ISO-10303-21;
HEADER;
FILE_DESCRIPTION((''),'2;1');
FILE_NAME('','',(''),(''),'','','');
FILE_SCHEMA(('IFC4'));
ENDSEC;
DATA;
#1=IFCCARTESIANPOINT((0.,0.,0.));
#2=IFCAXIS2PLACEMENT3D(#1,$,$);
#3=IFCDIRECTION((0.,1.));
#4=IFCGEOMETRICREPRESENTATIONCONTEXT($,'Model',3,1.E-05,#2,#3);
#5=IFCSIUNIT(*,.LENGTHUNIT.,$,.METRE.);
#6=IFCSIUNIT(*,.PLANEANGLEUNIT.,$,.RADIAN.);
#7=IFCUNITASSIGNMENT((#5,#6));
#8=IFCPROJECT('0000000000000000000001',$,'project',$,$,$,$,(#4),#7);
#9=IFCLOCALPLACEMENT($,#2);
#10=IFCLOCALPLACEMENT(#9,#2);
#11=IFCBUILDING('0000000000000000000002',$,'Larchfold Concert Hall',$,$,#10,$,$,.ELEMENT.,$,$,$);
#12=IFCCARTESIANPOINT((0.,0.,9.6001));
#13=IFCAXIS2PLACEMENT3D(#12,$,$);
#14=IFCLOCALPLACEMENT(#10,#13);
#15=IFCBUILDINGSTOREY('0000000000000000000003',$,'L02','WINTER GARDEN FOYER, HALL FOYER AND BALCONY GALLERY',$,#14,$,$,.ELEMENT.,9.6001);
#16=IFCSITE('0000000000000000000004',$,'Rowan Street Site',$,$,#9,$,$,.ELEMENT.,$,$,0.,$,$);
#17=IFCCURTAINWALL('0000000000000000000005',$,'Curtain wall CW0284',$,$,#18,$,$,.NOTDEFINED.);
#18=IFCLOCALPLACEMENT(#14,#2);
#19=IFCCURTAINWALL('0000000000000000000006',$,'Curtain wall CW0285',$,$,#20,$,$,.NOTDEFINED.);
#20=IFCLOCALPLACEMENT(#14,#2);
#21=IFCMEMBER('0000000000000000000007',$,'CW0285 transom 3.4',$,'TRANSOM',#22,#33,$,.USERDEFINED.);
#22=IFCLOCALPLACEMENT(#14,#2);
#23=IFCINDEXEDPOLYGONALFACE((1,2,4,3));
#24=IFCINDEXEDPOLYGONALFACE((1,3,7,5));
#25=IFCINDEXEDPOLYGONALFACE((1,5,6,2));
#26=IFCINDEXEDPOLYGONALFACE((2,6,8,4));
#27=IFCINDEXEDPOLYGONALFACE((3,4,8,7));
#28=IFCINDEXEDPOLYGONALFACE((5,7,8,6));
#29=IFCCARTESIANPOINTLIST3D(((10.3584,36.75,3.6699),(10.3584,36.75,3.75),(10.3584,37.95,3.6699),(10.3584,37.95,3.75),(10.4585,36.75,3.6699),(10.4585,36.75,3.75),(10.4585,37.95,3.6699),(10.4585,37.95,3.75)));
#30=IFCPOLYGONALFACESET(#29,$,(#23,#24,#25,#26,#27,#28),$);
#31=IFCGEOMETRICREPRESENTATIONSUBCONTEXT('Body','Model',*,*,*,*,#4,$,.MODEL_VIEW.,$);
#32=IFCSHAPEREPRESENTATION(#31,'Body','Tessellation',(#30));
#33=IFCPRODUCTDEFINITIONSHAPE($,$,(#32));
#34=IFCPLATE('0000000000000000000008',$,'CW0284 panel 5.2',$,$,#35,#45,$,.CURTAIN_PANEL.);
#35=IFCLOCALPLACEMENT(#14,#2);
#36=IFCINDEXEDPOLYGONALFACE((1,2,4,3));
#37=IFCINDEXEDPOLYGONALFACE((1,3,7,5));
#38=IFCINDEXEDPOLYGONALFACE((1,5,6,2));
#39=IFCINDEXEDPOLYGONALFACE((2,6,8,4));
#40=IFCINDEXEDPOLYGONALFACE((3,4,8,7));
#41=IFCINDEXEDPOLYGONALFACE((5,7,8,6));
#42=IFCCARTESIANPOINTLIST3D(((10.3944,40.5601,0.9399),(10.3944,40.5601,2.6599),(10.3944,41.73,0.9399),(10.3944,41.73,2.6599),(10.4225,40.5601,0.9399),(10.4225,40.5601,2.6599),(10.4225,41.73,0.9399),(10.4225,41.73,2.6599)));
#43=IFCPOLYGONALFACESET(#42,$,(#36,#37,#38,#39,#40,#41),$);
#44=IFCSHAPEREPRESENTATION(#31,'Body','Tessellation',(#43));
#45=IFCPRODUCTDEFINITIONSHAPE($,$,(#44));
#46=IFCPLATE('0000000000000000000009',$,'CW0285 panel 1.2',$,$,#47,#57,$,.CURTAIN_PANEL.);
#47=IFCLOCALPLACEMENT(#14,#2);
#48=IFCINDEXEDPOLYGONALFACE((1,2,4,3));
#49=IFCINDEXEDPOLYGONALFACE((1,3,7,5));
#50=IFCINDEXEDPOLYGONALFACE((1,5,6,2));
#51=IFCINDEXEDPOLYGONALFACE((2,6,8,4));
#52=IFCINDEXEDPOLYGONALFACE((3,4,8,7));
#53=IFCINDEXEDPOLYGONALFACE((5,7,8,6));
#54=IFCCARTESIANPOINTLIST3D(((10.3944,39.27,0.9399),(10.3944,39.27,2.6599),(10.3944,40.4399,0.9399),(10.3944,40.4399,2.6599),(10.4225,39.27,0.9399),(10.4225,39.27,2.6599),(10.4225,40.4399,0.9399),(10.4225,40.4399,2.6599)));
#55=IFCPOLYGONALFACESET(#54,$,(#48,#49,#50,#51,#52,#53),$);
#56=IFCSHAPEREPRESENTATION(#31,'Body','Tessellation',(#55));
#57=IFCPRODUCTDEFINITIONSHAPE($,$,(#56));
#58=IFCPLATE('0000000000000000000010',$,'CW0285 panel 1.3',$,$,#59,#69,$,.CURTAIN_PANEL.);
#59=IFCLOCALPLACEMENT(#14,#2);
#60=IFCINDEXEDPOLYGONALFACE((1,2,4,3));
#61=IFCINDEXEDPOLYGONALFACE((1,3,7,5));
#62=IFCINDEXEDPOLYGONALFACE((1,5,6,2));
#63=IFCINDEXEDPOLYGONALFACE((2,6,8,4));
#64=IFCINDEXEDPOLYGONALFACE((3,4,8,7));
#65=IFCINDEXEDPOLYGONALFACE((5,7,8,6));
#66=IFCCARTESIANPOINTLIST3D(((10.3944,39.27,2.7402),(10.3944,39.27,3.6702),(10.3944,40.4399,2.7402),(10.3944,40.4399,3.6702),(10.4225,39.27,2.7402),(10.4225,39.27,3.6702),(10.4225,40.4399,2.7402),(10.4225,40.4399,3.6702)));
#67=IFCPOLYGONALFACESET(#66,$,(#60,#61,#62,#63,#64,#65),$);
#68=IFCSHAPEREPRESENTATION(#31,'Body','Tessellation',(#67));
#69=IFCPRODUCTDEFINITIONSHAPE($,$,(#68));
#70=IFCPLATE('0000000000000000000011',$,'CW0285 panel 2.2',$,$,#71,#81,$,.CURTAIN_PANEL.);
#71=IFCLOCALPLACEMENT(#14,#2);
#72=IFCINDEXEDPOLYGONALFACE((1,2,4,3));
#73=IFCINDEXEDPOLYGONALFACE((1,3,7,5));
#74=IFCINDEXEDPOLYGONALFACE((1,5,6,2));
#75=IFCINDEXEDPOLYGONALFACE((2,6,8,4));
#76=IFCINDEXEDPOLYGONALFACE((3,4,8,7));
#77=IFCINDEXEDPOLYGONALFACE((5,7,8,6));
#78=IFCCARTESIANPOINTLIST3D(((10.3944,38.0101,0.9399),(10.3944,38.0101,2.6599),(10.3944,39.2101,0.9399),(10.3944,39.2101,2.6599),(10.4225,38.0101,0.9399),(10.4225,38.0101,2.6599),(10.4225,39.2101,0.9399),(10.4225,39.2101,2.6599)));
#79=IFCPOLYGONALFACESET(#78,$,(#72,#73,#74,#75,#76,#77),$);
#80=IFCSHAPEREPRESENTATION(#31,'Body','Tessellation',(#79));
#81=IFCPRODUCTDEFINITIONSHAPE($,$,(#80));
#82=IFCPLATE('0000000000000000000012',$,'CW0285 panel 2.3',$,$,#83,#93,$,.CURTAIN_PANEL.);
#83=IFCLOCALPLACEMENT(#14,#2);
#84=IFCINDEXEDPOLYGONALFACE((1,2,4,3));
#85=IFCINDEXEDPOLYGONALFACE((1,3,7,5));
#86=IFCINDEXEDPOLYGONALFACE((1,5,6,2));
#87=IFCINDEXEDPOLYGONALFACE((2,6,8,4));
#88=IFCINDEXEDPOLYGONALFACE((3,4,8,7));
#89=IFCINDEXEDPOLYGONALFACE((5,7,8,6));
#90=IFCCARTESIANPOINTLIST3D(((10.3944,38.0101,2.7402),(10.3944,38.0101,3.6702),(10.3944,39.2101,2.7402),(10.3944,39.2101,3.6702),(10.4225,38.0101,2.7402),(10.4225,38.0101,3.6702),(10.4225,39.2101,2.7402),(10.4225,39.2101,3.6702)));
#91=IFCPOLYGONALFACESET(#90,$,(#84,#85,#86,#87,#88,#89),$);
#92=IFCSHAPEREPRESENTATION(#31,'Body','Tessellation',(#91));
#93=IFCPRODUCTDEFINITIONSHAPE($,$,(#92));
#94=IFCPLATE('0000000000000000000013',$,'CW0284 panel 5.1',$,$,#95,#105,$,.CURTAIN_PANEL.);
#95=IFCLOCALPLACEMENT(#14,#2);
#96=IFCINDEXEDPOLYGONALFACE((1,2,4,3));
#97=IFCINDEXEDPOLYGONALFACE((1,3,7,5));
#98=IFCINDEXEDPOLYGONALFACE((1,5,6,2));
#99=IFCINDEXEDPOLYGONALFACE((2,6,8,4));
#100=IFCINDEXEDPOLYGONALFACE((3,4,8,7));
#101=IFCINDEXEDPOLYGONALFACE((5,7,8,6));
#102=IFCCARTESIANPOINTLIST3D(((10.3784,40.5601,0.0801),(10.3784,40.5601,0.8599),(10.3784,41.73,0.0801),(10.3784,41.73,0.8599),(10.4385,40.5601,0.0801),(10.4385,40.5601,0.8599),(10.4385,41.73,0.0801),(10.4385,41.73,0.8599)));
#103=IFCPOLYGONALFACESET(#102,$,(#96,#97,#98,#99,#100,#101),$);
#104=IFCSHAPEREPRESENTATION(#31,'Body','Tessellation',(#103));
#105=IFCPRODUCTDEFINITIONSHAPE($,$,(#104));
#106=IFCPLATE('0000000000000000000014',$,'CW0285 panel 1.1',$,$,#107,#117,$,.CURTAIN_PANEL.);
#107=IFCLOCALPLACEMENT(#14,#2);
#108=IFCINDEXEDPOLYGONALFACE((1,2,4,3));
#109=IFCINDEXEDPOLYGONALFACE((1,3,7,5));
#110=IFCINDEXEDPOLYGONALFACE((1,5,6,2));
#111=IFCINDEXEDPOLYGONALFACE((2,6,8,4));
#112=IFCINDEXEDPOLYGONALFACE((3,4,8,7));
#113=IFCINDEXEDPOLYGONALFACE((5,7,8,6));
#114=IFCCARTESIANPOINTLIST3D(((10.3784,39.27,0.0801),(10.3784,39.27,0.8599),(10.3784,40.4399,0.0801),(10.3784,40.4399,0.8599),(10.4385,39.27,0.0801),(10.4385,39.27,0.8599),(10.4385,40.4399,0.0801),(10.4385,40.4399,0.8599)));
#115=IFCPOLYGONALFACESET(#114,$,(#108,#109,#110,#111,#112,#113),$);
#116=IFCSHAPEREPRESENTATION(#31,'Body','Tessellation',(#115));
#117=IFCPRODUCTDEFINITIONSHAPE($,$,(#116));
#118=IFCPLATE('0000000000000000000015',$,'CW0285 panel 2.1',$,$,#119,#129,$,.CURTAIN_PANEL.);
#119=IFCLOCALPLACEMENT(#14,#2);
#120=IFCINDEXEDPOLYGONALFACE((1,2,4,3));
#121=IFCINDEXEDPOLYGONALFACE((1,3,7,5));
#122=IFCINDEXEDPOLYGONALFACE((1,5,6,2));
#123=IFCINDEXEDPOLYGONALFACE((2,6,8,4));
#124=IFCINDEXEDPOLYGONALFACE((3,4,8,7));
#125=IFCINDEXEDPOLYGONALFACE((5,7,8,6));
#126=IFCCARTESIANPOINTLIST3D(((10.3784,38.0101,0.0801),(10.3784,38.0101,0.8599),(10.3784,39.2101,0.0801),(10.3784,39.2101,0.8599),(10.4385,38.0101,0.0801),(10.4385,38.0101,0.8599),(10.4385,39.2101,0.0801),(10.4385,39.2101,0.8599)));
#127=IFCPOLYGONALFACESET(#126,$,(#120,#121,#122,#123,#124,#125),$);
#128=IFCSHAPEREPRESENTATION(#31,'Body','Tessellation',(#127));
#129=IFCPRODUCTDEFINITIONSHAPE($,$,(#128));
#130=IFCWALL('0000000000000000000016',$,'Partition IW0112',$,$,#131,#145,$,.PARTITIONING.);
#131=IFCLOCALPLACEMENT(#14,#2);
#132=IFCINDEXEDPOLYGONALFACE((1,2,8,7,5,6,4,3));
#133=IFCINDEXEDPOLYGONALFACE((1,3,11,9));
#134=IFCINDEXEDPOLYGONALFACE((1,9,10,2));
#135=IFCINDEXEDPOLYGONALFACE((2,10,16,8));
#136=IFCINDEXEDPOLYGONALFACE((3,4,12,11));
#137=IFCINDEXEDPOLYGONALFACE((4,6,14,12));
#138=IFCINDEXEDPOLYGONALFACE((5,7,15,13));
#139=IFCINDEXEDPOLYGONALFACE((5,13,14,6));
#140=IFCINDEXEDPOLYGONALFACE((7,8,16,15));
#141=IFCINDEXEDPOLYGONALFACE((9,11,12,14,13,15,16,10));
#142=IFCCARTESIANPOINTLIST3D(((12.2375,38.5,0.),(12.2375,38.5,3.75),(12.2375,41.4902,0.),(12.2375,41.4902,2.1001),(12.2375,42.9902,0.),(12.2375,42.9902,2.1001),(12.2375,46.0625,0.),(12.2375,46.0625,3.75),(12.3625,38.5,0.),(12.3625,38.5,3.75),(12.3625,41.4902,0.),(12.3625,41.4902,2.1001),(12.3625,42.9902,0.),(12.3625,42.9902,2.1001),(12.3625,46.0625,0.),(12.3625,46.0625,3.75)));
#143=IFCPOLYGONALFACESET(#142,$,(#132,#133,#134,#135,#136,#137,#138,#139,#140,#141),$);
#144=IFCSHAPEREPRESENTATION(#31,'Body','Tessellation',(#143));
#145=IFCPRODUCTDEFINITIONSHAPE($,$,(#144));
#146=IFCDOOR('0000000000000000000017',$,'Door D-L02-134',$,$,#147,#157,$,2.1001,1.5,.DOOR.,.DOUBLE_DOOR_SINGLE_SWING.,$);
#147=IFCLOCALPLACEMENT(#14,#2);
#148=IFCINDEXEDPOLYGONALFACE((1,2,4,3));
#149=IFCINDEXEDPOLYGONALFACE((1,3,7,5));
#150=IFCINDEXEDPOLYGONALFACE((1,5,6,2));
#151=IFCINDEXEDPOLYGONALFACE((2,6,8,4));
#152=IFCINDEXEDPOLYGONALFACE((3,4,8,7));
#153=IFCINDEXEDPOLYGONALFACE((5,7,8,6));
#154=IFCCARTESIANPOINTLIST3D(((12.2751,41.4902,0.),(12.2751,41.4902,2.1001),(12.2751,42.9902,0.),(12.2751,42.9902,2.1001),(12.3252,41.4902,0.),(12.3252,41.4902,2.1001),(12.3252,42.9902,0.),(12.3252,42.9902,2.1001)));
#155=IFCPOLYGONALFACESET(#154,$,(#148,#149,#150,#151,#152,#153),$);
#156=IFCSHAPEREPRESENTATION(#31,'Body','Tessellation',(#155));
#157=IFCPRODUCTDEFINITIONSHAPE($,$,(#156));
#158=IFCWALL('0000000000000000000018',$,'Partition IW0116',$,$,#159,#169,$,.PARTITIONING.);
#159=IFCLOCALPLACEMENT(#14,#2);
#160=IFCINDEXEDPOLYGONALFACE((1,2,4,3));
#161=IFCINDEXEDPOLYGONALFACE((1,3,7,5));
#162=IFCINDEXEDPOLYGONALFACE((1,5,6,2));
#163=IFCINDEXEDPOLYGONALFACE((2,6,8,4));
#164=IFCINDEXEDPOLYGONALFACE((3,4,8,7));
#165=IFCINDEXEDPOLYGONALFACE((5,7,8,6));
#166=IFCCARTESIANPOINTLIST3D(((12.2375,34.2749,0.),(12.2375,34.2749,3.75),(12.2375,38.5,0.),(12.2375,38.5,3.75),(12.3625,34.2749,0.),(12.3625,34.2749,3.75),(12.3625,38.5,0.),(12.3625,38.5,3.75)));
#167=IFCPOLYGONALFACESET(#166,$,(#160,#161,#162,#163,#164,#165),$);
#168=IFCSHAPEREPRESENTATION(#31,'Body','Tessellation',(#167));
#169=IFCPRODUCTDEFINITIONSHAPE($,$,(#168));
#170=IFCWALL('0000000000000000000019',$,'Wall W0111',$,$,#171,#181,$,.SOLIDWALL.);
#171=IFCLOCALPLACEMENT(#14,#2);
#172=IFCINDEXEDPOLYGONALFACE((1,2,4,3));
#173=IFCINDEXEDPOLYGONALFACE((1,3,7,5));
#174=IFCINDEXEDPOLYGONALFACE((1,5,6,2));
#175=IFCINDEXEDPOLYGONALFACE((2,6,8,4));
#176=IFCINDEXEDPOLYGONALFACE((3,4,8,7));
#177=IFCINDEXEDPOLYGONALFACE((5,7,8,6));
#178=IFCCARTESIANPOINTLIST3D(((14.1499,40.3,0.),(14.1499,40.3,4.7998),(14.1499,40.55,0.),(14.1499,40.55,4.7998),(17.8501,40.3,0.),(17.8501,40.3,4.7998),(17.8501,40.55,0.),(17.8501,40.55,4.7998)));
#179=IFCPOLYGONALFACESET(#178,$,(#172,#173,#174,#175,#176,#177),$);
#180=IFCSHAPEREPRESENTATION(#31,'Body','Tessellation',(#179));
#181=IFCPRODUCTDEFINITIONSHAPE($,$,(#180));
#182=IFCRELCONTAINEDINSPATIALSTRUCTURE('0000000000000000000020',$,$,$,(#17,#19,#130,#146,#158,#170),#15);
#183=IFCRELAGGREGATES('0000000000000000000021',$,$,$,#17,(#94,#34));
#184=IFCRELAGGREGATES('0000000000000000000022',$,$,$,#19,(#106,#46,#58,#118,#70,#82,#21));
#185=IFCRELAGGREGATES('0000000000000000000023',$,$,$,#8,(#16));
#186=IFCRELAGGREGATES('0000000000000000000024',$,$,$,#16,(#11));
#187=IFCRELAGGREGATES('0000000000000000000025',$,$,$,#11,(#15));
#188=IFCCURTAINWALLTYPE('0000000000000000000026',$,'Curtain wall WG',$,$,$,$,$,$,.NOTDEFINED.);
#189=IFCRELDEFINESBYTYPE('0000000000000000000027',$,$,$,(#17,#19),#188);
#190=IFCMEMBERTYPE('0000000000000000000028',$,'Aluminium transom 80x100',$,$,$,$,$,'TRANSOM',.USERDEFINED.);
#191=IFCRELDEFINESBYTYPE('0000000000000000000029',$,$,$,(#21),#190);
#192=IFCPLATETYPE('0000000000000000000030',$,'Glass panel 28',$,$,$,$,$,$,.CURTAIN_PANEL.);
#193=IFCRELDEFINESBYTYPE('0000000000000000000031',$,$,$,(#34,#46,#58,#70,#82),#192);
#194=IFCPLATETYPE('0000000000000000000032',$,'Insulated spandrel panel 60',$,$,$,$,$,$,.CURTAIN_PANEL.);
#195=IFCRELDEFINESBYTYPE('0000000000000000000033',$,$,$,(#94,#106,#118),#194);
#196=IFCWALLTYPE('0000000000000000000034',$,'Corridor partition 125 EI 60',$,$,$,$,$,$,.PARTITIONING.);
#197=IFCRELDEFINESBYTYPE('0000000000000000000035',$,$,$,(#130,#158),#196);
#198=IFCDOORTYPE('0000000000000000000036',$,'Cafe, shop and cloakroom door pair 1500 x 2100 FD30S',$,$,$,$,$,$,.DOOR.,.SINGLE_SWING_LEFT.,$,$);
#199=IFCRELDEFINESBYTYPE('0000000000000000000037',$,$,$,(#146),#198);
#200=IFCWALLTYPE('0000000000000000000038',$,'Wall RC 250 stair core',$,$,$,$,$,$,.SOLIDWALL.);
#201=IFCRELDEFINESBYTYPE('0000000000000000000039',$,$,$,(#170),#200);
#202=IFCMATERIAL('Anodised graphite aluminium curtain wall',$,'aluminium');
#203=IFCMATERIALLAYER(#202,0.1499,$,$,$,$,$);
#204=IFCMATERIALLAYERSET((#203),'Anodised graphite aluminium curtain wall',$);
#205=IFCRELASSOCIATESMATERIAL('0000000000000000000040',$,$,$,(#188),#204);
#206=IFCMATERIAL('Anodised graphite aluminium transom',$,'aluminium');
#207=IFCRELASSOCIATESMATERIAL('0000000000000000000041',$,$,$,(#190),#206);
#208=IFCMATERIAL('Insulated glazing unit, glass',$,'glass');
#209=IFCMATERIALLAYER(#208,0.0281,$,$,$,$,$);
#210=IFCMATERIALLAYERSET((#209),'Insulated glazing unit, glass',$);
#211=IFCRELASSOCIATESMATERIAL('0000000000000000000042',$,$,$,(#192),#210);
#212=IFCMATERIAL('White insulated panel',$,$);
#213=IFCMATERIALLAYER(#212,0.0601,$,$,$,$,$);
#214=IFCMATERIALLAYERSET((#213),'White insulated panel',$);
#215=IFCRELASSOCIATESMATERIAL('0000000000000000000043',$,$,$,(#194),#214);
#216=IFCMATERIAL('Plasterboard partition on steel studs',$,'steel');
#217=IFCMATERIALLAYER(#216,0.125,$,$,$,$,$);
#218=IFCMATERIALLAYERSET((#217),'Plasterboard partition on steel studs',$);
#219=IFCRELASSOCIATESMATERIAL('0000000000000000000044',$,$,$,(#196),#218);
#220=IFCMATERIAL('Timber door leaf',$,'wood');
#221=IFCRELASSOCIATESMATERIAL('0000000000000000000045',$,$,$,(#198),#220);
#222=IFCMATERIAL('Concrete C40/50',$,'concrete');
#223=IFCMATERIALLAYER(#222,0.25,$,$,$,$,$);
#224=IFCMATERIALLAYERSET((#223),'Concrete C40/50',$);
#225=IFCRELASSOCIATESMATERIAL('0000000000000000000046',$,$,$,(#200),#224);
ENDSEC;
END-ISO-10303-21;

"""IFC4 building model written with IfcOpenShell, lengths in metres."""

from ifc_helpers import new_model, si_unit, direction, frame, frame_2d, origin, origin_2d, place, context, subcontext, project, spatial, rectangle, extrude, material, layer, layer_set, material_profile, profile_set, type_object, element, fill, aggregate, save


model = new_model("IFC4")

# Units and contexts
model_context = context("Model", 3, precision=1e-05, world=origin(), true_north=direction((0.0, 1.0)))
body_context = subcontext(model_context, "Body", "Model", "MODEL_VIEW")
ifc_project = project(units=[si_unit("LENGTHUNIT", "METRE"), si_unit("PLANEANGLEUNIT", "RADIAN")], contexts=[model_context])

# Site, building, storey
site_placement = place(None, origin())
site = spatial("IfcSite", under=ifc_project, at=site_placement, Name="Rowan Street Site", CompositionType="ELEMENT", RefElevation=0.0)
building_placement = place(site_placement, origin())
building = spatial("IfcBuilding", under=site, at=building_placement, Name="Larchfold Concert Hall", CompositionType="ELEMENT")
storey_placement = place(building_placement, frame((0.0, 0.0, 9.6001)))
storey = spatial("IfcBuildingStorey", under=building, at=storey_placement, Name="L02", Description="WINTER GARDEN FOYER, HALL FOYER AND BALCONY GALLERY", CompositionType="ELEMENT", Elevation=9.6001)

# Curtain wall
ifc_material_1 = material(Name="Anodised graphite aluminium curtain wall", Category="aluminium")
ifc_layer_1 = layer(ifc_material_1, 0.1499)
ifc_layer_set_1 = layer_set([ifc_layer_1], Name="Anodised graphite aluminium curtain wall")
curtain_wall_type = type_object("IfcCurtainWallType", Name="Curtain wall WG", PredefinedType="NOTDEFINED", material=ifc_layer_set_1)
curtain_wall_1_placement = place(storey_placement, origin())
curtain_wall_1 = element("IfcCurtainWall", 1, at=curtain_wall_1_placement, inside=storey, type_object=curtain_wall_type, Name="Curtain wall CW0284", PredefinedType="NOTDEFINED")

# Curtain wall, member
curtain_wall_2_placement = place(storey_placement, origin())
curtain_wall_2 = element("IfcCurtainWall", 2, at=curtain_wall_2_placement, inside=storey, type_object=curtain_wall_type, Name="Curtain wall CW0285", PredefinedType="NOTDEFINED")
ifc_material_2 = material(Name="Anodised graphite aluminium transom", Category="aluminium")
ifc_material_profile_1 = material_profile(ifc_material_2, rectangle(XDim=0.1001, YDim=0.0801, at=origin_2d()))
ifc_profile_set_1 = profile_set([ifc_material_profile_1], Name="Anodised graphite aluminium transom")
member_type_1 = type_object("IfcMemberType", Name="Aluminium transom 80x100", ElementType="TRANSOM", PredefinedType="USERDEFINED", material=ifc_profile_set_1)
member_1_placement = place(storey_placement, frame((10.4084, 37.95, 3.71), z_axis=(0.0, -1.0, 0.0), x_axis=(1.0, 0.0, 0.0)))
member_1 = element("IfcMember", 3, at=member_1_placement, type_object=member_type_1, Name="CW0285 transom 3.4", ObjectType="TRANSOM", PredefinedType="USERDEFINED", context=body_context, shape_type="SweptSolid", body=[
    extrude(rectangle(XDim=0.1001, YDim=0.0801, at=origin_2d()), origin(), (0.0, 0.0, 1.0), 1.2),
])

# Plates
ifc_material_3 = material(Name="Insulated glazing unit, glass", Category="glass")
ifc_layer_2 = layer(ifc_material_3, 0.0281)
ifc_layer_set_2 = layer_set([ifc_layer_2], Name="Insulated glazing unit, glass")
plate_type_1 = type_object("IfcPlateType", Name="Glass panel 28", PredefinedType="CURTAIN_PANEL", material=ifc_layer_set_2)
plate_1_placement = place(storey_placement, frame((10.4084, 41.145, 0.9399), z_axis=(0.0, 0.0, 1.0), x_axis=(0.0, -1.0, 0.0)))
plate_1 = element("IfcPlate", 4, at=plate_1_placement, type_object=plate_type_1, Name="CW0284 panel 5.2", PredefinedType="CURTAIN_PANEL", context=body_context, shape_type="SweptSolid", body=[
    extrude(rectangle(XDim=1.1699, YDim=0.0281, at=origin_2d()), origin(), (0.0, 0.0, 1.0), 1.72),
])
plate_2_placement = place(storey_placement, frame((10.4084, 39.855, 0.9399), z_axis=(0.0, 0.0, 1.0), x_axis=(0.0, -1.0, 0.0)))
plate_2 = element("IfcPlate", 5, at=plate_2_placement, type_object=plate_type_1, Name="CW0285 panel 1.2", PredefinedType="CURTAIN_PANEL", context=body_context, shape_type="SweptSolid", body=[
    extrude(rectangle(XDim=1.1699, YDim=0.0281, at=origin_2d()), origin(), (0.0, 0.0, 1.0), 1.72),
])
plate_3_placement = place(storey_placement, frame((10.4084, 39.855, 2.7402), z_axis=(0.0, 0.0, 1.0), x_axis=(0.0, -1.0, 0.0)))
plate_3 = element("IfcPlate", 6, at=plate_3_placement, type_object=plate_type_1, Name="CW0285 panel 1.3", PredefinedType="CURTAIN_PANEL", context=body_context, shape_type="SweptSolid", body=[
    extrude(rectangle(XDim=1.1699, YDim=0.0281, at=origin_2d()), origin(), (0.0, 0.0, 1.0), 0.9299),
])
plate_4_placement = place(storey_placement, frame((10.4084, 38.6101, 0.9399), z_axis=(0.0, 0.0, 1.0), x_axis=(0.0, -1.0, 0.0)))
plate_4 = element("IfcPlate", 7, at=plate_4_placement, type_object=plate_type_1, Name="CW0285 panel 2.2", PredefinedType="CURTAIN_PANEL", context=body_context, shape_type="SweptSolid", body=[
    extrude(rectangle(XDim=1.2, YDim=0.0281, at=origin_2d()), origin(), (0.0, 0.0, 1.0), 1.72),
])
plate_5_placement = place(storey_placement, frame((10.4084, 38.6101, 2.7402), z_axis=(0.0, 0.0, 1.0), x_axis=(0.0, -1.0, 0.0)))
plate_5 = element("IfcPlate", 8, at=plate_5_placement, type_object=plate_type_1, Name="CW0285 panel 2.3", PredefinedType="CURTAIN_PANEL", context=body_context, shape_type="SweptSolid", body=[
    extrude(rectangle(XDim=1.2, YDim=0.0281, at=origin_2d()), origin(), (0.0, 0.0, 1.0), 0.9299),
])
ifc_material_4 = material(Name="White insulated panel")
ifc_layer_3 = layer(ifc_material_4, 0.0601)
ifc_layer_set_3 = layer_set([ifc_layer_3], Name="White insulated panel")
plate_type_2 = type_object("IfcPlateType", Name="Insulated spandrel panel 60", PredefinedType="CURTAIN_PANEL", material=ifc_layer_set_3)
plate_6_placement = place(storey_placement, frame((10.4084, 41.145, 0.0801), z_axis=(0.0, 0.0, 1.0), x_axis=(0.0, -1.0, 0.0)))
plate_6 = element("IfcPlate", 9, at=plate_6_placement, type_object=plate_type_2, Name="CW0284 panel 5.1", PredefinedType="CURTAIN_PANEL", context=body_context, shape_type="SweptSolid", body=[
    extrude(rectangle(XDim=1.1699, YDim=0.0601, at=origin_2d()), origin(), (0.0, 0.0, 1.0), 0.7798),
])
aggregate(curtain_wall_1, [plate_6, plate_1])
plate_7_placement = place(storey_placement, frame((10.4084, 39.855, 0.0801), z_axis=(0.0, 0.0, 1.0), x_axis=(0.0, -1.0, 0.0)))
plate_7 = element("IfcPlate", 10, at=plate_7_placement, type_object=plate_type_2, Name="CW0285 panel 1.1", PredefinedType="CURTAIN_PANEL", context=body_context, shape_type="SweptSolid", body=[
    extrude(rectangle(XDim=1.1699, YDim=0.0601, at=origin_2d()), origin(), (0.0, 0.0, 1.0), 0.7798),
])
plate_8_placement = place(storey_placement, frame((10.4084, 38.6101, 0.0801), z_axis=(0.0, 0.0, 1.0), x_axis=(0.0, -1.0, 0.0)))
plate_8 = element("IfcPlate", 11, at=plate_8_placement, type_object=plate_type_2, Name="CW0285 panel 2.1", PredefinedType="CURTAIN_PANEL", context=body_context, shape_type="SweptSolid", body=[
    extrude(rectangle(XDim=1.2, YDim=0.0601, at=origin_2d()), origin(), (0.0, 0.0, 1.0), 0.7798),
])
aggregate(curtain_wall_2, [plate_7, plate_2, plate_3, plate_8, plate_4, plate_5, member_1])

# Wall, opening, door
ifc_material_5 = material(Name="Plasterboard partition on steel studs", Category="steel")
ifc_layer_4 = layer(ifc_material_5, 0.125)
ifc_layer_set_4 = layer_set([ifc_layer_4], Name="Plasterboard partition on steel studs")
wall_type_1 = type_object("IfcWallType", Name="Corridor partition 125 EI 60", PredefinedType="PARTITIONING", material=ifc_layer_set_4)
wall_1_placement = place(storey_placement, frame((12.3, 38.5, 0.0), z_axis=(0.0, 0.0, 1.0), x_axis=(0.0, 1.0, 0.0)))
wall_1 = element("IfcWall", 12, at=wall_1_placement, inside=storey, type_object=wall_type_1, Name="Partition IW0112", PredefinedType="PARTITIONING", context=body_context, shape_type="SweptSolid", body=[
    extrude(rectangle(XDim=7.5625, YDim=0.125, at=frame_2d((3.7812, 0.0))), origin(), (0.0, 0.0, 1.0), 3.75),
])
opening_1_placement = place(wall_1_placement, frame((2.9902, 0.0, 0.0)))
opening_1 = element("IfcOpeningElement", 13, at=opening_1_placement, cuts=wall_1, PredefinedType="OPENING", context=body_context, shape_type="SweptSolid", body=[
    extrude(rectangle(XDim=1.5, YDim=2.1001, at=frame_2d((0.75, 1.05))), frame((0.0, 0.0725, 0.0), z_axis=(0.0, -1.0, 0.0), x_axis=(1.0, 0.0, 0.0)), (0.0, 0.0, 1.0), 0.145),
])
ifc_material_6 = material(Name="Timber door leaf", Category="wood")
door_type_1 = type_object("IfcDoorType", Name="Cafe, shop and cloakroom door pair 1500 x 2100 FD30S", OperationType="SINGLE_SWING_LEFT", PredefinedType="DOOR", material=ifc_material_6)
door_1_placement = place(opening_1_placement, origin())
door_1 = element("IfcDoor", 14, at=door_1_placement, inside=storey, type_object=door_type_1, Name="Door D-L02-134", OperationType="DOUBLE_DOOR_SINGLE_SWING", OverallHeight=2.1001, OverallWidth=1.5, PredefinedType="DOOR", context=body_context, shape_type="SweptSolid", body=[
    extrude(rectangle(XDim=1.5, YDim=2.1001, at=frame_2d((0.75, 1.05))), frame((0.0, 0.0249, 0.0), z_axis=(0.0, -1.0, 0.0), x_axis=(1.0, 0.0, 0.0)), (0.0, 0.0, 1.0), 0.05),
])
fill(opening_1, door_1)

# Walls
wall_2_placement = place(storey_placement, frame((12.3, 38.5, 0.0), z_axis=(0.0, 0.0, 1.0), x_axis=(0.0, -1.0, 0.0)))
element("IfcWall", 15, at=wall_2_placement, inside=storey, type_object=wall_type_1, Name="Partition IW0116", PredefinedType="PARTITIONING", context=body_context, shape_type="SweptSolid", body=[
    extrude(rectangle(XDim=4.2251, YDim=0.125, at=frame_2d((2.1125, 0.0))), origin(), (0.0, 0.0, 1.0), 3.75),
])
ifc_material_7 = material(Name="Concrete C40/50", Category="concrete")
ifc_layer_5 = layer(ifc_material_7, 0.25)
ifc_layer_set_5 = layer_set([ifc_layer_5], Name="Concrete C40/50")
wall_type_2 = type_object("IfcWallType", Name="Wall RC 250 stair core", PredefinedType="SOLIDWALL", material=ifc_layer_set_5)
wall_3_placement = place(storey_placement, frame((14.1499, 40.425, 0.0), z_axis=(0.0, 0.0, 1.0), x_axis=(1.0, 0.0, 0.0)))
element("IfcWall", 16, at=wall_3_placement, inside=storey, type_object=wall_type_2, Name="Wall W0111", PredefinedType="SOLIDWALL", context=body_context, shape_type="SweptSolid", body=[
    extrude(rectangle(XDim=3.7002, YDim=0.25, at=frame_2d((1.8501, 0.0))), origin(), (0.0, 0.0, 1.0), 4.7998),
])

save(model, "model.ifc")
